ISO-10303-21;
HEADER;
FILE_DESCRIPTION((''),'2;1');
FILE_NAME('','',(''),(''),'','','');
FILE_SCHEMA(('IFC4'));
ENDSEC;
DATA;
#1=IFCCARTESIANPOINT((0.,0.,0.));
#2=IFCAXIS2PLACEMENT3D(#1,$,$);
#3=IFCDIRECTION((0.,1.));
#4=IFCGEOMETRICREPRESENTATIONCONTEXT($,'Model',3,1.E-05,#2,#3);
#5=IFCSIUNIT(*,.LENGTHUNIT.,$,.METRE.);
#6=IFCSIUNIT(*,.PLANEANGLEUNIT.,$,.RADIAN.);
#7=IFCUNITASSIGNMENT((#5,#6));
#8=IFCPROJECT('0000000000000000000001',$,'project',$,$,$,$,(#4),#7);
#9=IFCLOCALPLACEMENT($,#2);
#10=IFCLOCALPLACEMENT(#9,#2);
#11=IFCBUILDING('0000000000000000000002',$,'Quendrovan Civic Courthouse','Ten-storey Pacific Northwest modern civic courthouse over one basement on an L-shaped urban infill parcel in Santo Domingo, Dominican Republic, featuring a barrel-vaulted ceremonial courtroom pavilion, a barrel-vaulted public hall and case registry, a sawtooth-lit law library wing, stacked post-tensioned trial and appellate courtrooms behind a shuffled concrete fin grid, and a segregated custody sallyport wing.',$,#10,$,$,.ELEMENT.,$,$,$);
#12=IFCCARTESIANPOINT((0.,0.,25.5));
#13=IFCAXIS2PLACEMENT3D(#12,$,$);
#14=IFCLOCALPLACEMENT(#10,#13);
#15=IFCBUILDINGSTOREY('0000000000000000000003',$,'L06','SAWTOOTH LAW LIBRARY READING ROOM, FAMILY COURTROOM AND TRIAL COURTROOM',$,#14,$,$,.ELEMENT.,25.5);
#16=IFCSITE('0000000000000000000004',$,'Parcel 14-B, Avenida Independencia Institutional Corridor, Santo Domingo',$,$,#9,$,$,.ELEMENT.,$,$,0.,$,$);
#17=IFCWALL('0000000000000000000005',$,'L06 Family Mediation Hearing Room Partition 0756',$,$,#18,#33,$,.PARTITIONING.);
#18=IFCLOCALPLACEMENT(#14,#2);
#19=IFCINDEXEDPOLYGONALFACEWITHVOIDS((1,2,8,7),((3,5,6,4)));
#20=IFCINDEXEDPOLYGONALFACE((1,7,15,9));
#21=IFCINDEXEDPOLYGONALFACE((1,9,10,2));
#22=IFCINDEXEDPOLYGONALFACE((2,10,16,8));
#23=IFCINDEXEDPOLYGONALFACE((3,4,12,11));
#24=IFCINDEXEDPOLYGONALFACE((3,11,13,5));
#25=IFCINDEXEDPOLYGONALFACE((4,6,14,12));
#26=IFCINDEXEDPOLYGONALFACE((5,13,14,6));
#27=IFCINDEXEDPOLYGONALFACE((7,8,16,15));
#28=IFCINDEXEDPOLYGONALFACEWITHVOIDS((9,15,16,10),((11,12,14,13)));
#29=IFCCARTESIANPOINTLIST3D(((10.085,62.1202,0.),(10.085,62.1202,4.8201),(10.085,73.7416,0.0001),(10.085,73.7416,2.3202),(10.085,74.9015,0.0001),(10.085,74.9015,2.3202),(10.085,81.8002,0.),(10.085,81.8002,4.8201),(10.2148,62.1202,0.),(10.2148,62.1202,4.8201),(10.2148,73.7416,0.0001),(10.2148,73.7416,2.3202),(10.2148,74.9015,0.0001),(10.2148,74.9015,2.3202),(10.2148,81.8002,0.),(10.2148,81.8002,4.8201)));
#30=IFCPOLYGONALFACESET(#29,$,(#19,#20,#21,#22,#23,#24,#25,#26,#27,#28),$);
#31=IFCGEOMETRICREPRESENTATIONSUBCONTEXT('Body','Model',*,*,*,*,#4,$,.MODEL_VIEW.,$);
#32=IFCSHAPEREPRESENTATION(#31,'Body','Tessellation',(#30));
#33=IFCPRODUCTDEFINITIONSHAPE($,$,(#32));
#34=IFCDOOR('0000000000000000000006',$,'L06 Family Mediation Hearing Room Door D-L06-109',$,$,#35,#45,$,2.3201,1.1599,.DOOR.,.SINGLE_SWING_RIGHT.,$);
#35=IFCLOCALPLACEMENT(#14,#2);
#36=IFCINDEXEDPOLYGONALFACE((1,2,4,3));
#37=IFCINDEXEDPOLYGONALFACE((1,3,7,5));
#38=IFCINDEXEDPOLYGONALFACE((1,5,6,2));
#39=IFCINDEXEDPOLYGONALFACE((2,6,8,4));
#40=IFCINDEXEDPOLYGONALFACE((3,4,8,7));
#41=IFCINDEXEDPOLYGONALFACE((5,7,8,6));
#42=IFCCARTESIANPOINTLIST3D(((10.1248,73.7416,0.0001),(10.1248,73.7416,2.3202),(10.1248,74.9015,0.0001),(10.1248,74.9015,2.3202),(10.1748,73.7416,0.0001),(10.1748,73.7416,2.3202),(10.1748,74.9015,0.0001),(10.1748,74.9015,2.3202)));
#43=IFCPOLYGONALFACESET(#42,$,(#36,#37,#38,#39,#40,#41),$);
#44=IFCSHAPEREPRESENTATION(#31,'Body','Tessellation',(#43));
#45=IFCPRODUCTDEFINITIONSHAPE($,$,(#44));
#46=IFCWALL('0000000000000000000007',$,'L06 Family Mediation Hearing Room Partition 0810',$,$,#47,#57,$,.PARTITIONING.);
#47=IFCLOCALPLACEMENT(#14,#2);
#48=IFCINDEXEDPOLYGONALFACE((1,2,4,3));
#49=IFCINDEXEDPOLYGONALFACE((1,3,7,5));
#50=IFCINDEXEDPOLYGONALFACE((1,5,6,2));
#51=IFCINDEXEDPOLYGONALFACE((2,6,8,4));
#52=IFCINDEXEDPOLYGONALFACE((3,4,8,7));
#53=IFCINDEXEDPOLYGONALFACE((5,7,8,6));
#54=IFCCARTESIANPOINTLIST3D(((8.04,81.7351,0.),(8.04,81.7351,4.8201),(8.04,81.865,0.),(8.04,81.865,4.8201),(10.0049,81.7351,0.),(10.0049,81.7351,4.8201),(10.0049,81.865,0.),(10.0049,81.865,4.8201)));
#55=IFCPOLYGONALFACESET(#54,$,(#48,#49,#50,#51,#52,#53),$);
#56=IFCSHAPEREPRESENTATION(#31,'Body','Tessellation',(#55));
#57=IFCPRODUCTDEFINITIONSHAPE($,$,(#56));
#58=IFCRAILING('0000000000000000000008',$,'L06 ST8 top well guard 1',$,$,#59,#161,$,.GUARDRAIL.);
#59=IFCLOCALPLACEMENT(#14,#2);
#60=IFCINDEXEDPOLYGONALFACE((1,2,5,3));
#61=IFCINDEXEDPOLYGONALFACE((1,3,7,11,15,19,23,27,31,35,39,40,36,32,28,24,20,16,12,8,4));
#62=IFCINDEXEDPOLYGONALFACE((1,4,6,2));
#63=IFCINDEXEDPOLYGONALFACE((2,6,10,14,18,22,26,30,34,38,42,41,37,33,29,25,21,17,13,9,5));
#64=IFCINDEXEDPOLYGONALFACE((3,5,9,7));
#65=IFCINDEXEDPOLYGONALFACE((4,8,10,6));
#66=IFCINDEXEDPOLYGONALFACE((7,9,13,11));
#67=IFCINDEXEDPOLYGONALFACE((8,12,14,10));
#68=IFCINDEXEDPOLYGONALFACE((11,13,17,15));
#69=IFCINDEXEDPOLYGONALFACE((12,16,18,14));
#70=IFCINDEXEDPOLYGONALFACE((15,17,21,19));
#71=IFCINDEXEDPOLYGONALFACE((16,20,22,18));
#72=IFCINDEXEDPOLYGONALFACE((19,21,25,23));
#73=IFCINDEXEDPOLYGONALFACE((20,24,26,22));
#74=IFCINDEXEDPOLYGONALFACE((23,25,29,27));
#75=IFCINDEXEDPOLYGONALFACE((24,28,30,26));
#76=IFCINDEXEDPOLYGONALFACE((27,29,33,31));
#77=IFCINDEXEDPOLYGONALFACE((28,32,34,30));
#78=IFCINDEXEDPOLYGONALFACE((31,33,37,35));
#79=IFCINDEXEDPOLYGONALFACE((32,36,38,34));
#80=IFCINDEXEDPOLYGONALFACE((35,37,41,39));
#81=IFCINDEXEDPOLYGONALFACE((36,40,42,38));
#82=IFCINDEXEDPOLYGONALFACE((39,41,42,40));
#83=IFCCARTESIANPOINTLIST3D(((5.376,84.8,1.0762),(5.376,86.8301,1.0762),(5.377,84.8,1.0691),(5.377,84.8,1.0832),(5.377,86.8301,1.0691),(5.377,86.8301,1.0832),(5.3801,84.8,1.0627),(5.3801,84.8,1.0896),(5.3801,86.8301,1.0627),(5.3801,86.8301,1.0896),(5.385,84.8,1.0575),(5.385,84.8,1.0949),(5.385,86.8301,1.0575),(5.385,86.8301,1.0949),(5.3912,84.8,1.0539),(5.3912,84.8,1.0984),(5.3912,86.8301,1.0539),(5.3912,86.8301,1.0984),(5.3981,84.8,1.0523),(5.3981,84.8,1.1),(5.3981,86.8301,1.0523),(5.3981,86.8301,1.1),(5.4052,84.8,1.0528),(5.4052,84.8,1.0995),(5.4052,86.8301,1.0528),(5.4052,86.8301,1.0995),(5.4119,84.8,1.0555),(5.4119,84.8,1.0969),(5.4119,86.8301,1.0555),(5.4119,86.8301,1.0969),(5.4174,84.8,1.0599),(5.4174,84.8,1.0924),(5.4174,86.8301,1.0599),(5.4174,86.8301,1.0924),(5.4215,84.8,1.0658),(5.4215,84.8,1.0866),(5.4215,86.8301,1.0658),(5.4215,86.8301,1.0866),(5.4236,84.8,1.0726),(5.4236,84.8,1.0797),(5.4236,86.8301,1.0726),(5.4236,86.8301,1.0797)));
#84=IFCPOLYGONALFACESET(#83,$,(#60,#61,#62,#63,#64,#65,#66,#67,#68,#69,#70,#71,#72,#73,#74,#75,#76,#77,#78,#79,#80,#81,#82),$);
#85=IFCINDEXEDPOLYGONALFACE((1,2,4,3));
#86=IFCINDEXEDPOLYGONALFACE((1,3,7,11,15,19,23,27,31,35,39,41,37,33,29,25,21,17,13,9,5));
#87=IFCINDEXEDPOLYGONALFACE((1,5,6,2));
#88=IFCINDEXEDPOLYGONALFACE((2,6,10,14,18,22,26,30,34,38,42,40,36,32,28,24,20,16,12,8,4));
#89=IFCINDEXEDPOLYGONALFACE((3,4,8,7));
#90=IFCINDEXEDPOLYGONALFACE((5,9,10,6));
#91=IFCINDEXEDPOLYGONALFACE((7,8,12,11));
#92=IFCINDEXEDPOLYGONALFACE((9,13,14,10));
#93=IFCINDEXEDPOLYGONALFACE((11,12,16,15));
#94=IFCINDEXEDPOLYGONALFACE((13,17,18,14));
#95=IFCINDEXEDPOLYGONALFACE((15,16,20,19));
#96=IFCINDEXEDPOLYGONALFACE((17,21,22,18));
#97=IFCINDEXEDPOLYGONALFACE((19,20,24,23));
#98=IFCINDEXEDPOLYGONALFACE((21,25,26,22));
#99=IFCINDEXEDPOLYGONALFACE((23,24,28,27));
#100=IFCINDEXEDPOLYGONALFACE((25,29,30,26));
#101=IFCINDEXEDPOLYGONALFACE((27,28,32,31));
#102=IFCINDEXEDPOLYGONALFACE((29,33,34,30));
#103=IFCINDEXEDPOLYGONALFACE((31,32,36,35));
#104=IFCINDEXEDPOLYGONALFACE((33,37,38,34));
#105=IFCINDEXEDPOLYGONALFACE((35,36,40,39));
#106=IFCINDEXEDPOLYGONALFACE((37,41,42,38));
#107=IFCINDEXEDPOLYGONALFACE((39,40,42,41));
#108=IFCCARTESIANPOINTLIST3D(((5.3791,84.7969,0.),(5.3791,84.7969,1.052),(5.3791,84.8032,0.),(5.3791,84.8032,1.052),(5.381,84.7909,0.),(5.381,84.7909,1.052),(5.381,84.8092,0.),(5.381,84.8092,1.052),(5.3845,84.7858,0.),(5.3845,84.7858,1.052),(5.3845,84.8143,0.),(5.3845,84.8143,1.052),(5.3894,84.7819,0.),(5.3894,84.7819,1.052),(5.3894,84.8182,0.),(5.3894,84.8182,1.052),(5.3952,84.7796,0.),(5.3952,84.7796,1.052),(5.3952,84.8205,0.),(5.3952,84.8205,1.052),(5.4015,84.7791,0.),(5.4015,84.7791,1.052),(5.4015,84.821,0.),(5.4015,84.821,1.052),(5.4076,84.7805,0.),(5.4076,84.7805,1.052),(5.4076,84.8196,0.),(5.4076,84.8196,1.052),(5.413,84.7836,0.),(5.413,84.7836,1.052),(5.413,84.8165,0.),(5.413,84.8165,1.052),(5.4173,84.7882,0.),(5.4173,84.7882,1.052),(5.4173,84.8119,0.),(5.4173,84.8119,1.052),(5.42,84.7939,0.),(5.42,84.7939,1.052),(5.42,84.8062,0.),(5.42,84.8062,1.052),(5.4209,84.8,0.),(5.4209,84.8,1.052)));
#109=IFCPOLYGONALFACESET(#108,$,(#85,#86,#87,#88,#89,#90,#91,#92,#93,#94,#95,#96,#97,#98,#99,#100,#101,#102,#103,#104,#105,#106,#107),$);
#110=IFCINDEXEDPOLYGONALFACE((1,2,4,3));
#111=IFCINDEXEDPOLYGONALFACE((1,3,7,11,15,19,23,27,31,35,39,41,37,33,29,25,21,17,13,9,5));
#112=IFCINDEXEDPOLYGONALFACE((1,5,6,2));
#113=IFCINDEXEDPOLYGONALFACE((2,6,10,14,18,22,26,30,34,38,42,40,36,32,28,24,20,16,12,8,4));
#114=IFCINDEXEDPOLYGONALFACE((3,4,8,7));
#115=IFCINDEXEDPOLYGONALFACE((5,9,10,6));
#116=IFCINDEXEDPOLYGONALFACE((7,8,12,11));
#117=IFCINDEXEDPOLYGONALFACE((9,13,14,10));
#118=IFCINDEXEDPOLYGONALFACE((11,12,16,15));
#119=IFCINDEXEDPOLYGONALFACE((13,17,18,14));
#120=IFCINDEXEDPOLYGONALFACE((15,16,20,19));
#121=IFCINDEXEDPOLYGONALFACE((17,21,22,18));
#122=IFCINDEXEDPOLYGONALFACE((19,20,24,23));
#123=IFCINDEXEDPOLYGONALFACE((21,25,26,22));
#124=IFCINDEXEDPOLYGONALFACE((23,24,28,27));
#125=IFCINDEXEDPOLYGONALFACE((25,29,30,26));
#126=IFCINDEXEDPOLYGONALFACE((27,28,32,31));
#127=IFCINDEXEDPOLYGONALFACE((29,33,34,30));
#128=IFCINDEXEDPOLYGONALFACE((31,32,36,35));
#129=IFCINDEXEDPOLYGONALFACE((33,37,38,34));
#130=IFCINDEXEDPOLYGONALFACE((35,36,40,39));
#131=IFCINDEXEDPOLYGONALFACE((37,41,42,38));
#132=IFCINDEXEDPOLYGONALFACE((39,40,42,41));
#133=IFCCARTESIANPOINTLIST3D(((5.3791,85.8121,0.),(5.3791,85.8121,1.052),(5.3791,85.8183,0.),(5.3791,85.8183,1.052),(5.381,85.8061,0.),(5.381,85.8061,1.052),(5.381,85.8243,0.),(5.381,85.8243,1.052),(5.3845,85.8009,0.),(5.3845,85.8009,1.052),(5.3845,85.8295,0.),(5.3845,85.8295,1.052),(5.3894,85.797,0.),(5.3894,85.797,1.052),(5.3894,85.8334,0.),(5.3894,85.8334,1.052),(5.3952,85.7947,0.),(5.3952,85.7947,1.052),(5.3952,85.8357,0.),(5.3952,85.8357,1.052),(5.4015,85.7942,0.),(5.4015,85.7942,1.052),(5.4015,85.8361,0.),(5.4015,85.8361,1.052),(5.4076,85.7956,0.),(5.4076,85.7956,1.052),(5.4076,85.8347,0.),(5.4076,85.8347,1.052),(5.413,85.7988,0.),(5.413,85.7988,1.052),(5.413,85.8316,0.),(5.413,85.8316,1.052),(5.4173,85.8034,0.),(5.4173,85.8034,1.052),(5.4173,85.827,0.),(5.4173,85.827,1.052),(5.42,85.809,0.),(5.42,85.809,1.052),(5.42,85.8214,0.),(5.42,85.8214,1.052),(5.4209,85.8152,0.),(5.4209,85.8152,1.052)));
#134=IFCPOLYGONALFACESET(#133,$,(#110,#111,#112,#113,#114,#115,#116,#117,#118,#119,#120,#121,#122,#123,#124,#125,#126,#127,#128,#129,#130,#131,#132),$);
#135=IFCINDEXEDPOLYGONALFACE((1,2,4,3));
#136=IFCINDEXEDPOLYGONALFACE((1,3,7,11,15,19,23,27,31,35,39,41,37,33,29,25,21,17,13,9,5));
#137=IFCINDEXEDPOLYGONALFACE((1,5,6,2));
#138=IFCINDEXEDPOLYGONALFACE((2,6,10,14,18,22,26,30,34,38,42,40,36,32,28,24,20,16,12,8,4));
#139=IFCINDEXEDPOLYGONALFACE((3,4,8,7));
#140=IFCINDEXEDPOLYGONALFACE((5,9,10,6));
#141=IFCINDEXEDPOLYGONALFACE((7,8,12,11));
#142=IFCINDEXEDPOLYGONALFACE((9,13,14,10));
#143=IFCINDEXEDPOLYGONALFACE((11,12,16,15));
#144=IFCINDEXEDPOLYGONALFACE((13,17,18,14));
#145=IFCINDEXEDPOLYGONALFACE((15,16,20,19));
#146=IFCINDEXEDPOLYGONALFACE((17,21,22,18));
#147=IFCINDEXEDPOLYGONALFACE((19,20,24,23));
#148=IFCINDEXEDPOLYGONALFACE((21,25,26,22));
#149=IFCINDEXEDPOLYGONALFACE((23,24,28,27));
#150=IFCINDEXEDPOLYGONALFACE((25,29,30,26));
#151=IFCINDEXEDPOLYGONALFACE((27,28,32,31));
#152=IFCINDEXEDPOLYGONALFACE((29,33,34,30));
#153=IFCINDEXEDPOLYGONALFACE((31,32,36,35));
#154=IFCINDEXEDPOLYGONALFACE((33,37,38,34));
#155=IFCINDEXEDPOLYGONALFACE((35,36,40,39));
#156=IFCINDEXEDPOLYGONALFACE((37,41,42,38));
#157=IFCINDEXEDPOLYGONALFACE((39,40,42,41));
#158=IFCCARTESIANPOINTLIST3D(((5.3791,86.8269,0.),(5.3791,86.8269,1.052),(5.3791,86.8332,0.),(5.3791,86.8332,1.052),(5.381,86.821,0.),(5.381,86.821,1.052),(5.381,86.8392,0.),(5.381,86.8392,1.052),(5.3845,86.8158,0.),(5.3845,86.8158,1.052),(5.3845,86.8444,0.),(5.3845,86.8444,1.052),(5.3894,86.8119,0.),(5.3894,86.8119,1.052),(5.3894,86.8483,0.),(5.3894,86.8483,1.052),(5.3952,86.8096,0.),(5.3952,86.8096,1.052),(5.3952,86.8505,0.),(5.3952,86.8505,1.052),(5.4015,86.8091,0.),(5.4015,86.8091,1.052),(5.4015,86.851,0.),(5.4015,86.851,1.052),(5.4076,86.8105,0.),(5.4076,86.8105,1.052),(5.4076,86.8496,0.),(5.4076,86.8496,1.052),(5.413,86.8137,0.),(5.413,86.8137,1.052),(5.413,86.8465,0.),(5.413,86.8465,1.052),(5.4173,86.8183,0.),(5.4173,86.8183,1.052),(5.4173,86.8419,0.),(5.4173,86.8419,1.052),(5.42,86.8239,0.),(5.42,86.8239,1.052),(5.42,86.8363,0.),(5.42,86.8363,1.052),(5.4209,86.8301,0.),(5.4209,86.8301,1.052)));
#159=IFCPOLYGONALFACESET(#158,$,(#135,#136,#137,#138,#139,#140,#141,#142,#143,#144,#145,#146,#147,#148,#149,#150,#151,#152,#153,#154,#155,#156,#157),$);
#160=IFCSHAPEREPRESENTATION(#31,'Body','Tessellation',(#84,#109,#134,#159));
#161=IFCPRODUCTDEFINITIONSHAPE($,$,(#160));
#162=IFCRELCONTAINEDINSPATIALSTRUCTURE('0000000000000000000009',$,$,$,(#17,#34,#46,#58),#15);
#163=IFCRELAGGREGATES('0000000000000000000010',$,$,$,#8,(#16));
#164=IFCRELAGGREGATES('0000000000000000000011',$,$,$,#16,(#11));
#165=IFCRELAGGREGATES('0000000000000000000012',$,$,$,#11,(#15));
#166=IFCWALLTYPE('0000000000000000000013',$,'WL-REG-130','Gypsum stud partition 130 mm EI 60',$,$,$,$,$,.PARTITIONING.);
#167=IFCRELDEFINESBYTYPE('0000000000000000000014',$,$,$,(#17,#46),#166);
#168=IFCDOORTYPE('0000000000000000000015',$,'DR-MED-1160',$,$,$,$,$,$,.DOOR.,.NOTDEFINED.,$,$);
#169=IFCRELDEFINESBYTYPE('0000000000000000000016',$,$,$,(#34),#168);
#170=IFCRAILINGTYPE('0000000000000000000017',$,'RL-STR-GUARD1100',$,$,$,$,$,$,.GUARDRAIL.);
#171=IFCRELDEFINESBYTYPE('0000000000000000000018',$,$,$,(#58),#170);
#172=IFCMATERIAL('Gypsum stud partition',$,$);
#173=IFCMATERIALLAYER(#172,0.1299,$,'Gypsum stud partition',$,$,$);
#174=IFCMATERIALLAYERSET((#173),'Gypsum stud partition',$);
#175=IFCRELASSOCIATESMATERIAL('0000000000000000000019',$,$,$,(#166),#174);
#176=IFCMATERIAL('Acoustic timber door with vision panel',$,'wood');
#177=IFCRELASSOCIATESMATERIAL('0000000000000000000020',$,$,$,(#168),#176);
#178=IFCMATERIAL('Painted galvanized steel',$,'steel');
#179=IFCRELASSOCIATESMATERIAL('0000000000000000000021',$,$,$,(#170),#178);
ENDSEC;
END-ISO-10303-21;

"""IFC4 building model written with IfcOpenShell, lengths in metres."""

from ifc_helpers import new_model, si_unit, direction, frame, frame_2d, origin, origin_2d, place, context, subcontext, project, spatial, rectangle, circle, extrude, material, layer, layer_set, type_object, element, fill, save


model = new_model("IFC4")

# Units and contexts
model_context = context("Model", 3, precision=1e-05, world=origin(), true_north=direction((0.0, 1.0)))
body_context = subcontext(model_context, "Body", "Model", "MODEL_VIEW")
ifc_project = project(units=[si_unit("LENGTHUNIT", "METRE"), si_unit("PLANEANGLEUNIT", "RADIAN")], contexts=[model_context])

# Site, building, storey
site_placement = place(None, origin())
site = spatial("IfcSite", under=ifc_project, at=site_placement, Name="Parcel 14-B, Avenida Independencia Institutional Corridor, Santo Domingo", CompositionType="ELEMENT", RefElevation=0.0)
building_placement = place(site_placement, origin())
building = spatial("IfcBuilding", under=site, at=building_placement, Name="Quendrovan Civic Courthouse", Description="Ten-storey Pacific Northwest modern civic courthouse over one basement on an L-shaped urban infill parcel in Santo Domingo, Dominican Republic, featuring a barrel-vaulted ceremonial courtroom pavilion, a barrel-vaulted public hall and case registry, a sawtooth-lit law library wing, stacked post-tensioned trial and appellate courtrooms behind a shuffled concrete fin grid, and a segregated custody sallyport wing.", CompositionType="ELEMENT")
storey_placement = place(building_placement, frame((0.0, 0.0, 25.5)))
storey = spatial("IfcBuildingStorey", under=building, at=storey_placement, Name="L06", Description="SAWTOOTH LAW LIBRARY READING ROOM, FAMILY COURTROOM AND TRIAL COURTROOM", CompositionType="ELEMENT", Elevation=25.5)

# Wall, opening, door
ifc_material_1 = material(Name="Gypsum stud partition")
ifc_layer_1 = layer(ifc_material_1, 0.1299, Name="Gypsum stud partition")
ifc_layer_set_1 = layer_set([ifc_layer_1], Name="Gypsum stud partition")
wall_type_1 = type_object("IfcWallType", Name="WL-REG-130", Description="Gypsum stud partition 130 mm EI 60", PredefinedType="PARTITIONING", material=ifc_layer_set_1)
wall_1_placement = place(storey_placement, frame((10.1499, 81.8, 0.0), z_axis=(0.0, 0.0, 1.0), x_axis=(0.0, -1.0, 0.0)))
wall_1 = element("IfcWall", 1, at=wall_1_placement, inside=storey, type_object=wall_type_1, Name="L06 Family Mediation Hearing Room Partition 0756", PredefinedType="PARTITIONING", context=body_context, shape_type="SweptSolid", body=[
    extrude(rectangle(XDim=19.6799, YDim=0.1299, at=frame_2d((9.8398, 0.0))), origin(), (0.0, 0.0, 1.0), 4.8201),
])
opening_placement = place(wall_1_placement, frame((6.8984, 0.0, 0.0)))
opening = element("IfcOpeningElement", 2, at=opening_placement, cuts=wall_1, PredefinedType="OPENING", context=body_context, shape_type="SweptSolid", body=[
    extrude(rectangle(XDim=1.1599, YDim=2.3201, at=frame_2d((0.5801, 1.1602))), frame((0.0, 0.075, 0.0), z_axis=(0.0, -1.0, 0.0), x_axis=(1.0, 0.0, 0.0)), (0.0, 0.0, 1.0), 0.1499),
])
ifc_material_2 = material(Name="Acoustic timber door with vision panel", Category="wood")
door_type = type_object("IfcDoorType", Name="DR-MED-1160", OperationType="NOTDEFINED", PredefinedType="DOOR", material=ifc_material_2)
door_placement = place(opening_placement, origin())
door = element("IfcDoor", 3, at=door_placement, inside=storey, type_object=door_type, Name="L06 Family Mediation Hearing Room Door D-L06-109", OperationType="SINGLE_SWING_RIGHT", OverallHeight=2.3201, OverallWidth=1.1599, PredefinedType="DOOR", context=body_context, shape_type="SweptSolid", body=[
    extrude(rectangle(XDim=1.1599, YDim=2.3201, at=frame_2d((0.5801, 1.1602))), frame((0.0, 0.0249, 0.0), z_axis=(0.0, -1.0, 0.0), x_axis=(1.0, 0.0, 0.0)), (0.0, 0.0, 1.0), 0.05),
])
fill(opening, door)

# Wall
wall_2_placement = place(storey_placement, frame((8.04, 81.8, 0.0), z_axis=(0.0, 0.0, 1.0), x_axis=(1.0, 0.0, 0.0)))
element("IfcWall", 4, at=wall_2_placement, inside=storey, type_object=wall_type_1, Name="L06 Family Mediation Hearing Room Partition 0810", PredefinedType="PARTITIONING", context=body_context, shape_type="SweptSolid", body=[
    extrude(rectangle(XDim=1.9648, YDim=0.1299, at=frame_2d((0.9824, 0.0))), origin(), (0.0, 0.0, 1.0), 4.8201),
])

# Railing
ifc_material_3 = material(Name="Painted galvanized steel", Category="steel")
railing_type = type_object("IfcRailingType", Name="RL-STR-GUARD1100", PredefinedType="GUARDRAIL", material=ifc_material_3)
railing_placement = place(storey_placement, frame((5.3999, 84.8, 0.0)))
element("IfcRailing", 5, at=railing_placement, inside=storey, type_object=railing_type, Name="L06 ST8 top well guard 1", PredefinedType="GUARDRAIL", context=body_context, shape_type="SweptSolid", body=[
    extrude(circle(Radius=0.0239, at=origin_2d()), frame((0.0, 0.0, 1.0762), z_axis=(0.0, 1.0, 0.0), x_axis=(-1.0, 0.0, 0.0)), (0.0, 0.0, 1.0), 2.03),
    extrude(circle(Radius=0.021, at=origin_2d()), origin(), (0.0, 0.0, 1.0), 1.052),
    extrude(circle(Radius=0.021, at=origin_2d()), frame((0.0, 1.0151, 0.0)), (0.0, 0.0, 1.0), 1.052),
    extrude(circle(Radius=0.021, at=origin_2d()), frame((0.0, 2.03, 0.0)), (0.0, 0.0, 1.0), 1.052),
])

save(model, "model.ifc")
